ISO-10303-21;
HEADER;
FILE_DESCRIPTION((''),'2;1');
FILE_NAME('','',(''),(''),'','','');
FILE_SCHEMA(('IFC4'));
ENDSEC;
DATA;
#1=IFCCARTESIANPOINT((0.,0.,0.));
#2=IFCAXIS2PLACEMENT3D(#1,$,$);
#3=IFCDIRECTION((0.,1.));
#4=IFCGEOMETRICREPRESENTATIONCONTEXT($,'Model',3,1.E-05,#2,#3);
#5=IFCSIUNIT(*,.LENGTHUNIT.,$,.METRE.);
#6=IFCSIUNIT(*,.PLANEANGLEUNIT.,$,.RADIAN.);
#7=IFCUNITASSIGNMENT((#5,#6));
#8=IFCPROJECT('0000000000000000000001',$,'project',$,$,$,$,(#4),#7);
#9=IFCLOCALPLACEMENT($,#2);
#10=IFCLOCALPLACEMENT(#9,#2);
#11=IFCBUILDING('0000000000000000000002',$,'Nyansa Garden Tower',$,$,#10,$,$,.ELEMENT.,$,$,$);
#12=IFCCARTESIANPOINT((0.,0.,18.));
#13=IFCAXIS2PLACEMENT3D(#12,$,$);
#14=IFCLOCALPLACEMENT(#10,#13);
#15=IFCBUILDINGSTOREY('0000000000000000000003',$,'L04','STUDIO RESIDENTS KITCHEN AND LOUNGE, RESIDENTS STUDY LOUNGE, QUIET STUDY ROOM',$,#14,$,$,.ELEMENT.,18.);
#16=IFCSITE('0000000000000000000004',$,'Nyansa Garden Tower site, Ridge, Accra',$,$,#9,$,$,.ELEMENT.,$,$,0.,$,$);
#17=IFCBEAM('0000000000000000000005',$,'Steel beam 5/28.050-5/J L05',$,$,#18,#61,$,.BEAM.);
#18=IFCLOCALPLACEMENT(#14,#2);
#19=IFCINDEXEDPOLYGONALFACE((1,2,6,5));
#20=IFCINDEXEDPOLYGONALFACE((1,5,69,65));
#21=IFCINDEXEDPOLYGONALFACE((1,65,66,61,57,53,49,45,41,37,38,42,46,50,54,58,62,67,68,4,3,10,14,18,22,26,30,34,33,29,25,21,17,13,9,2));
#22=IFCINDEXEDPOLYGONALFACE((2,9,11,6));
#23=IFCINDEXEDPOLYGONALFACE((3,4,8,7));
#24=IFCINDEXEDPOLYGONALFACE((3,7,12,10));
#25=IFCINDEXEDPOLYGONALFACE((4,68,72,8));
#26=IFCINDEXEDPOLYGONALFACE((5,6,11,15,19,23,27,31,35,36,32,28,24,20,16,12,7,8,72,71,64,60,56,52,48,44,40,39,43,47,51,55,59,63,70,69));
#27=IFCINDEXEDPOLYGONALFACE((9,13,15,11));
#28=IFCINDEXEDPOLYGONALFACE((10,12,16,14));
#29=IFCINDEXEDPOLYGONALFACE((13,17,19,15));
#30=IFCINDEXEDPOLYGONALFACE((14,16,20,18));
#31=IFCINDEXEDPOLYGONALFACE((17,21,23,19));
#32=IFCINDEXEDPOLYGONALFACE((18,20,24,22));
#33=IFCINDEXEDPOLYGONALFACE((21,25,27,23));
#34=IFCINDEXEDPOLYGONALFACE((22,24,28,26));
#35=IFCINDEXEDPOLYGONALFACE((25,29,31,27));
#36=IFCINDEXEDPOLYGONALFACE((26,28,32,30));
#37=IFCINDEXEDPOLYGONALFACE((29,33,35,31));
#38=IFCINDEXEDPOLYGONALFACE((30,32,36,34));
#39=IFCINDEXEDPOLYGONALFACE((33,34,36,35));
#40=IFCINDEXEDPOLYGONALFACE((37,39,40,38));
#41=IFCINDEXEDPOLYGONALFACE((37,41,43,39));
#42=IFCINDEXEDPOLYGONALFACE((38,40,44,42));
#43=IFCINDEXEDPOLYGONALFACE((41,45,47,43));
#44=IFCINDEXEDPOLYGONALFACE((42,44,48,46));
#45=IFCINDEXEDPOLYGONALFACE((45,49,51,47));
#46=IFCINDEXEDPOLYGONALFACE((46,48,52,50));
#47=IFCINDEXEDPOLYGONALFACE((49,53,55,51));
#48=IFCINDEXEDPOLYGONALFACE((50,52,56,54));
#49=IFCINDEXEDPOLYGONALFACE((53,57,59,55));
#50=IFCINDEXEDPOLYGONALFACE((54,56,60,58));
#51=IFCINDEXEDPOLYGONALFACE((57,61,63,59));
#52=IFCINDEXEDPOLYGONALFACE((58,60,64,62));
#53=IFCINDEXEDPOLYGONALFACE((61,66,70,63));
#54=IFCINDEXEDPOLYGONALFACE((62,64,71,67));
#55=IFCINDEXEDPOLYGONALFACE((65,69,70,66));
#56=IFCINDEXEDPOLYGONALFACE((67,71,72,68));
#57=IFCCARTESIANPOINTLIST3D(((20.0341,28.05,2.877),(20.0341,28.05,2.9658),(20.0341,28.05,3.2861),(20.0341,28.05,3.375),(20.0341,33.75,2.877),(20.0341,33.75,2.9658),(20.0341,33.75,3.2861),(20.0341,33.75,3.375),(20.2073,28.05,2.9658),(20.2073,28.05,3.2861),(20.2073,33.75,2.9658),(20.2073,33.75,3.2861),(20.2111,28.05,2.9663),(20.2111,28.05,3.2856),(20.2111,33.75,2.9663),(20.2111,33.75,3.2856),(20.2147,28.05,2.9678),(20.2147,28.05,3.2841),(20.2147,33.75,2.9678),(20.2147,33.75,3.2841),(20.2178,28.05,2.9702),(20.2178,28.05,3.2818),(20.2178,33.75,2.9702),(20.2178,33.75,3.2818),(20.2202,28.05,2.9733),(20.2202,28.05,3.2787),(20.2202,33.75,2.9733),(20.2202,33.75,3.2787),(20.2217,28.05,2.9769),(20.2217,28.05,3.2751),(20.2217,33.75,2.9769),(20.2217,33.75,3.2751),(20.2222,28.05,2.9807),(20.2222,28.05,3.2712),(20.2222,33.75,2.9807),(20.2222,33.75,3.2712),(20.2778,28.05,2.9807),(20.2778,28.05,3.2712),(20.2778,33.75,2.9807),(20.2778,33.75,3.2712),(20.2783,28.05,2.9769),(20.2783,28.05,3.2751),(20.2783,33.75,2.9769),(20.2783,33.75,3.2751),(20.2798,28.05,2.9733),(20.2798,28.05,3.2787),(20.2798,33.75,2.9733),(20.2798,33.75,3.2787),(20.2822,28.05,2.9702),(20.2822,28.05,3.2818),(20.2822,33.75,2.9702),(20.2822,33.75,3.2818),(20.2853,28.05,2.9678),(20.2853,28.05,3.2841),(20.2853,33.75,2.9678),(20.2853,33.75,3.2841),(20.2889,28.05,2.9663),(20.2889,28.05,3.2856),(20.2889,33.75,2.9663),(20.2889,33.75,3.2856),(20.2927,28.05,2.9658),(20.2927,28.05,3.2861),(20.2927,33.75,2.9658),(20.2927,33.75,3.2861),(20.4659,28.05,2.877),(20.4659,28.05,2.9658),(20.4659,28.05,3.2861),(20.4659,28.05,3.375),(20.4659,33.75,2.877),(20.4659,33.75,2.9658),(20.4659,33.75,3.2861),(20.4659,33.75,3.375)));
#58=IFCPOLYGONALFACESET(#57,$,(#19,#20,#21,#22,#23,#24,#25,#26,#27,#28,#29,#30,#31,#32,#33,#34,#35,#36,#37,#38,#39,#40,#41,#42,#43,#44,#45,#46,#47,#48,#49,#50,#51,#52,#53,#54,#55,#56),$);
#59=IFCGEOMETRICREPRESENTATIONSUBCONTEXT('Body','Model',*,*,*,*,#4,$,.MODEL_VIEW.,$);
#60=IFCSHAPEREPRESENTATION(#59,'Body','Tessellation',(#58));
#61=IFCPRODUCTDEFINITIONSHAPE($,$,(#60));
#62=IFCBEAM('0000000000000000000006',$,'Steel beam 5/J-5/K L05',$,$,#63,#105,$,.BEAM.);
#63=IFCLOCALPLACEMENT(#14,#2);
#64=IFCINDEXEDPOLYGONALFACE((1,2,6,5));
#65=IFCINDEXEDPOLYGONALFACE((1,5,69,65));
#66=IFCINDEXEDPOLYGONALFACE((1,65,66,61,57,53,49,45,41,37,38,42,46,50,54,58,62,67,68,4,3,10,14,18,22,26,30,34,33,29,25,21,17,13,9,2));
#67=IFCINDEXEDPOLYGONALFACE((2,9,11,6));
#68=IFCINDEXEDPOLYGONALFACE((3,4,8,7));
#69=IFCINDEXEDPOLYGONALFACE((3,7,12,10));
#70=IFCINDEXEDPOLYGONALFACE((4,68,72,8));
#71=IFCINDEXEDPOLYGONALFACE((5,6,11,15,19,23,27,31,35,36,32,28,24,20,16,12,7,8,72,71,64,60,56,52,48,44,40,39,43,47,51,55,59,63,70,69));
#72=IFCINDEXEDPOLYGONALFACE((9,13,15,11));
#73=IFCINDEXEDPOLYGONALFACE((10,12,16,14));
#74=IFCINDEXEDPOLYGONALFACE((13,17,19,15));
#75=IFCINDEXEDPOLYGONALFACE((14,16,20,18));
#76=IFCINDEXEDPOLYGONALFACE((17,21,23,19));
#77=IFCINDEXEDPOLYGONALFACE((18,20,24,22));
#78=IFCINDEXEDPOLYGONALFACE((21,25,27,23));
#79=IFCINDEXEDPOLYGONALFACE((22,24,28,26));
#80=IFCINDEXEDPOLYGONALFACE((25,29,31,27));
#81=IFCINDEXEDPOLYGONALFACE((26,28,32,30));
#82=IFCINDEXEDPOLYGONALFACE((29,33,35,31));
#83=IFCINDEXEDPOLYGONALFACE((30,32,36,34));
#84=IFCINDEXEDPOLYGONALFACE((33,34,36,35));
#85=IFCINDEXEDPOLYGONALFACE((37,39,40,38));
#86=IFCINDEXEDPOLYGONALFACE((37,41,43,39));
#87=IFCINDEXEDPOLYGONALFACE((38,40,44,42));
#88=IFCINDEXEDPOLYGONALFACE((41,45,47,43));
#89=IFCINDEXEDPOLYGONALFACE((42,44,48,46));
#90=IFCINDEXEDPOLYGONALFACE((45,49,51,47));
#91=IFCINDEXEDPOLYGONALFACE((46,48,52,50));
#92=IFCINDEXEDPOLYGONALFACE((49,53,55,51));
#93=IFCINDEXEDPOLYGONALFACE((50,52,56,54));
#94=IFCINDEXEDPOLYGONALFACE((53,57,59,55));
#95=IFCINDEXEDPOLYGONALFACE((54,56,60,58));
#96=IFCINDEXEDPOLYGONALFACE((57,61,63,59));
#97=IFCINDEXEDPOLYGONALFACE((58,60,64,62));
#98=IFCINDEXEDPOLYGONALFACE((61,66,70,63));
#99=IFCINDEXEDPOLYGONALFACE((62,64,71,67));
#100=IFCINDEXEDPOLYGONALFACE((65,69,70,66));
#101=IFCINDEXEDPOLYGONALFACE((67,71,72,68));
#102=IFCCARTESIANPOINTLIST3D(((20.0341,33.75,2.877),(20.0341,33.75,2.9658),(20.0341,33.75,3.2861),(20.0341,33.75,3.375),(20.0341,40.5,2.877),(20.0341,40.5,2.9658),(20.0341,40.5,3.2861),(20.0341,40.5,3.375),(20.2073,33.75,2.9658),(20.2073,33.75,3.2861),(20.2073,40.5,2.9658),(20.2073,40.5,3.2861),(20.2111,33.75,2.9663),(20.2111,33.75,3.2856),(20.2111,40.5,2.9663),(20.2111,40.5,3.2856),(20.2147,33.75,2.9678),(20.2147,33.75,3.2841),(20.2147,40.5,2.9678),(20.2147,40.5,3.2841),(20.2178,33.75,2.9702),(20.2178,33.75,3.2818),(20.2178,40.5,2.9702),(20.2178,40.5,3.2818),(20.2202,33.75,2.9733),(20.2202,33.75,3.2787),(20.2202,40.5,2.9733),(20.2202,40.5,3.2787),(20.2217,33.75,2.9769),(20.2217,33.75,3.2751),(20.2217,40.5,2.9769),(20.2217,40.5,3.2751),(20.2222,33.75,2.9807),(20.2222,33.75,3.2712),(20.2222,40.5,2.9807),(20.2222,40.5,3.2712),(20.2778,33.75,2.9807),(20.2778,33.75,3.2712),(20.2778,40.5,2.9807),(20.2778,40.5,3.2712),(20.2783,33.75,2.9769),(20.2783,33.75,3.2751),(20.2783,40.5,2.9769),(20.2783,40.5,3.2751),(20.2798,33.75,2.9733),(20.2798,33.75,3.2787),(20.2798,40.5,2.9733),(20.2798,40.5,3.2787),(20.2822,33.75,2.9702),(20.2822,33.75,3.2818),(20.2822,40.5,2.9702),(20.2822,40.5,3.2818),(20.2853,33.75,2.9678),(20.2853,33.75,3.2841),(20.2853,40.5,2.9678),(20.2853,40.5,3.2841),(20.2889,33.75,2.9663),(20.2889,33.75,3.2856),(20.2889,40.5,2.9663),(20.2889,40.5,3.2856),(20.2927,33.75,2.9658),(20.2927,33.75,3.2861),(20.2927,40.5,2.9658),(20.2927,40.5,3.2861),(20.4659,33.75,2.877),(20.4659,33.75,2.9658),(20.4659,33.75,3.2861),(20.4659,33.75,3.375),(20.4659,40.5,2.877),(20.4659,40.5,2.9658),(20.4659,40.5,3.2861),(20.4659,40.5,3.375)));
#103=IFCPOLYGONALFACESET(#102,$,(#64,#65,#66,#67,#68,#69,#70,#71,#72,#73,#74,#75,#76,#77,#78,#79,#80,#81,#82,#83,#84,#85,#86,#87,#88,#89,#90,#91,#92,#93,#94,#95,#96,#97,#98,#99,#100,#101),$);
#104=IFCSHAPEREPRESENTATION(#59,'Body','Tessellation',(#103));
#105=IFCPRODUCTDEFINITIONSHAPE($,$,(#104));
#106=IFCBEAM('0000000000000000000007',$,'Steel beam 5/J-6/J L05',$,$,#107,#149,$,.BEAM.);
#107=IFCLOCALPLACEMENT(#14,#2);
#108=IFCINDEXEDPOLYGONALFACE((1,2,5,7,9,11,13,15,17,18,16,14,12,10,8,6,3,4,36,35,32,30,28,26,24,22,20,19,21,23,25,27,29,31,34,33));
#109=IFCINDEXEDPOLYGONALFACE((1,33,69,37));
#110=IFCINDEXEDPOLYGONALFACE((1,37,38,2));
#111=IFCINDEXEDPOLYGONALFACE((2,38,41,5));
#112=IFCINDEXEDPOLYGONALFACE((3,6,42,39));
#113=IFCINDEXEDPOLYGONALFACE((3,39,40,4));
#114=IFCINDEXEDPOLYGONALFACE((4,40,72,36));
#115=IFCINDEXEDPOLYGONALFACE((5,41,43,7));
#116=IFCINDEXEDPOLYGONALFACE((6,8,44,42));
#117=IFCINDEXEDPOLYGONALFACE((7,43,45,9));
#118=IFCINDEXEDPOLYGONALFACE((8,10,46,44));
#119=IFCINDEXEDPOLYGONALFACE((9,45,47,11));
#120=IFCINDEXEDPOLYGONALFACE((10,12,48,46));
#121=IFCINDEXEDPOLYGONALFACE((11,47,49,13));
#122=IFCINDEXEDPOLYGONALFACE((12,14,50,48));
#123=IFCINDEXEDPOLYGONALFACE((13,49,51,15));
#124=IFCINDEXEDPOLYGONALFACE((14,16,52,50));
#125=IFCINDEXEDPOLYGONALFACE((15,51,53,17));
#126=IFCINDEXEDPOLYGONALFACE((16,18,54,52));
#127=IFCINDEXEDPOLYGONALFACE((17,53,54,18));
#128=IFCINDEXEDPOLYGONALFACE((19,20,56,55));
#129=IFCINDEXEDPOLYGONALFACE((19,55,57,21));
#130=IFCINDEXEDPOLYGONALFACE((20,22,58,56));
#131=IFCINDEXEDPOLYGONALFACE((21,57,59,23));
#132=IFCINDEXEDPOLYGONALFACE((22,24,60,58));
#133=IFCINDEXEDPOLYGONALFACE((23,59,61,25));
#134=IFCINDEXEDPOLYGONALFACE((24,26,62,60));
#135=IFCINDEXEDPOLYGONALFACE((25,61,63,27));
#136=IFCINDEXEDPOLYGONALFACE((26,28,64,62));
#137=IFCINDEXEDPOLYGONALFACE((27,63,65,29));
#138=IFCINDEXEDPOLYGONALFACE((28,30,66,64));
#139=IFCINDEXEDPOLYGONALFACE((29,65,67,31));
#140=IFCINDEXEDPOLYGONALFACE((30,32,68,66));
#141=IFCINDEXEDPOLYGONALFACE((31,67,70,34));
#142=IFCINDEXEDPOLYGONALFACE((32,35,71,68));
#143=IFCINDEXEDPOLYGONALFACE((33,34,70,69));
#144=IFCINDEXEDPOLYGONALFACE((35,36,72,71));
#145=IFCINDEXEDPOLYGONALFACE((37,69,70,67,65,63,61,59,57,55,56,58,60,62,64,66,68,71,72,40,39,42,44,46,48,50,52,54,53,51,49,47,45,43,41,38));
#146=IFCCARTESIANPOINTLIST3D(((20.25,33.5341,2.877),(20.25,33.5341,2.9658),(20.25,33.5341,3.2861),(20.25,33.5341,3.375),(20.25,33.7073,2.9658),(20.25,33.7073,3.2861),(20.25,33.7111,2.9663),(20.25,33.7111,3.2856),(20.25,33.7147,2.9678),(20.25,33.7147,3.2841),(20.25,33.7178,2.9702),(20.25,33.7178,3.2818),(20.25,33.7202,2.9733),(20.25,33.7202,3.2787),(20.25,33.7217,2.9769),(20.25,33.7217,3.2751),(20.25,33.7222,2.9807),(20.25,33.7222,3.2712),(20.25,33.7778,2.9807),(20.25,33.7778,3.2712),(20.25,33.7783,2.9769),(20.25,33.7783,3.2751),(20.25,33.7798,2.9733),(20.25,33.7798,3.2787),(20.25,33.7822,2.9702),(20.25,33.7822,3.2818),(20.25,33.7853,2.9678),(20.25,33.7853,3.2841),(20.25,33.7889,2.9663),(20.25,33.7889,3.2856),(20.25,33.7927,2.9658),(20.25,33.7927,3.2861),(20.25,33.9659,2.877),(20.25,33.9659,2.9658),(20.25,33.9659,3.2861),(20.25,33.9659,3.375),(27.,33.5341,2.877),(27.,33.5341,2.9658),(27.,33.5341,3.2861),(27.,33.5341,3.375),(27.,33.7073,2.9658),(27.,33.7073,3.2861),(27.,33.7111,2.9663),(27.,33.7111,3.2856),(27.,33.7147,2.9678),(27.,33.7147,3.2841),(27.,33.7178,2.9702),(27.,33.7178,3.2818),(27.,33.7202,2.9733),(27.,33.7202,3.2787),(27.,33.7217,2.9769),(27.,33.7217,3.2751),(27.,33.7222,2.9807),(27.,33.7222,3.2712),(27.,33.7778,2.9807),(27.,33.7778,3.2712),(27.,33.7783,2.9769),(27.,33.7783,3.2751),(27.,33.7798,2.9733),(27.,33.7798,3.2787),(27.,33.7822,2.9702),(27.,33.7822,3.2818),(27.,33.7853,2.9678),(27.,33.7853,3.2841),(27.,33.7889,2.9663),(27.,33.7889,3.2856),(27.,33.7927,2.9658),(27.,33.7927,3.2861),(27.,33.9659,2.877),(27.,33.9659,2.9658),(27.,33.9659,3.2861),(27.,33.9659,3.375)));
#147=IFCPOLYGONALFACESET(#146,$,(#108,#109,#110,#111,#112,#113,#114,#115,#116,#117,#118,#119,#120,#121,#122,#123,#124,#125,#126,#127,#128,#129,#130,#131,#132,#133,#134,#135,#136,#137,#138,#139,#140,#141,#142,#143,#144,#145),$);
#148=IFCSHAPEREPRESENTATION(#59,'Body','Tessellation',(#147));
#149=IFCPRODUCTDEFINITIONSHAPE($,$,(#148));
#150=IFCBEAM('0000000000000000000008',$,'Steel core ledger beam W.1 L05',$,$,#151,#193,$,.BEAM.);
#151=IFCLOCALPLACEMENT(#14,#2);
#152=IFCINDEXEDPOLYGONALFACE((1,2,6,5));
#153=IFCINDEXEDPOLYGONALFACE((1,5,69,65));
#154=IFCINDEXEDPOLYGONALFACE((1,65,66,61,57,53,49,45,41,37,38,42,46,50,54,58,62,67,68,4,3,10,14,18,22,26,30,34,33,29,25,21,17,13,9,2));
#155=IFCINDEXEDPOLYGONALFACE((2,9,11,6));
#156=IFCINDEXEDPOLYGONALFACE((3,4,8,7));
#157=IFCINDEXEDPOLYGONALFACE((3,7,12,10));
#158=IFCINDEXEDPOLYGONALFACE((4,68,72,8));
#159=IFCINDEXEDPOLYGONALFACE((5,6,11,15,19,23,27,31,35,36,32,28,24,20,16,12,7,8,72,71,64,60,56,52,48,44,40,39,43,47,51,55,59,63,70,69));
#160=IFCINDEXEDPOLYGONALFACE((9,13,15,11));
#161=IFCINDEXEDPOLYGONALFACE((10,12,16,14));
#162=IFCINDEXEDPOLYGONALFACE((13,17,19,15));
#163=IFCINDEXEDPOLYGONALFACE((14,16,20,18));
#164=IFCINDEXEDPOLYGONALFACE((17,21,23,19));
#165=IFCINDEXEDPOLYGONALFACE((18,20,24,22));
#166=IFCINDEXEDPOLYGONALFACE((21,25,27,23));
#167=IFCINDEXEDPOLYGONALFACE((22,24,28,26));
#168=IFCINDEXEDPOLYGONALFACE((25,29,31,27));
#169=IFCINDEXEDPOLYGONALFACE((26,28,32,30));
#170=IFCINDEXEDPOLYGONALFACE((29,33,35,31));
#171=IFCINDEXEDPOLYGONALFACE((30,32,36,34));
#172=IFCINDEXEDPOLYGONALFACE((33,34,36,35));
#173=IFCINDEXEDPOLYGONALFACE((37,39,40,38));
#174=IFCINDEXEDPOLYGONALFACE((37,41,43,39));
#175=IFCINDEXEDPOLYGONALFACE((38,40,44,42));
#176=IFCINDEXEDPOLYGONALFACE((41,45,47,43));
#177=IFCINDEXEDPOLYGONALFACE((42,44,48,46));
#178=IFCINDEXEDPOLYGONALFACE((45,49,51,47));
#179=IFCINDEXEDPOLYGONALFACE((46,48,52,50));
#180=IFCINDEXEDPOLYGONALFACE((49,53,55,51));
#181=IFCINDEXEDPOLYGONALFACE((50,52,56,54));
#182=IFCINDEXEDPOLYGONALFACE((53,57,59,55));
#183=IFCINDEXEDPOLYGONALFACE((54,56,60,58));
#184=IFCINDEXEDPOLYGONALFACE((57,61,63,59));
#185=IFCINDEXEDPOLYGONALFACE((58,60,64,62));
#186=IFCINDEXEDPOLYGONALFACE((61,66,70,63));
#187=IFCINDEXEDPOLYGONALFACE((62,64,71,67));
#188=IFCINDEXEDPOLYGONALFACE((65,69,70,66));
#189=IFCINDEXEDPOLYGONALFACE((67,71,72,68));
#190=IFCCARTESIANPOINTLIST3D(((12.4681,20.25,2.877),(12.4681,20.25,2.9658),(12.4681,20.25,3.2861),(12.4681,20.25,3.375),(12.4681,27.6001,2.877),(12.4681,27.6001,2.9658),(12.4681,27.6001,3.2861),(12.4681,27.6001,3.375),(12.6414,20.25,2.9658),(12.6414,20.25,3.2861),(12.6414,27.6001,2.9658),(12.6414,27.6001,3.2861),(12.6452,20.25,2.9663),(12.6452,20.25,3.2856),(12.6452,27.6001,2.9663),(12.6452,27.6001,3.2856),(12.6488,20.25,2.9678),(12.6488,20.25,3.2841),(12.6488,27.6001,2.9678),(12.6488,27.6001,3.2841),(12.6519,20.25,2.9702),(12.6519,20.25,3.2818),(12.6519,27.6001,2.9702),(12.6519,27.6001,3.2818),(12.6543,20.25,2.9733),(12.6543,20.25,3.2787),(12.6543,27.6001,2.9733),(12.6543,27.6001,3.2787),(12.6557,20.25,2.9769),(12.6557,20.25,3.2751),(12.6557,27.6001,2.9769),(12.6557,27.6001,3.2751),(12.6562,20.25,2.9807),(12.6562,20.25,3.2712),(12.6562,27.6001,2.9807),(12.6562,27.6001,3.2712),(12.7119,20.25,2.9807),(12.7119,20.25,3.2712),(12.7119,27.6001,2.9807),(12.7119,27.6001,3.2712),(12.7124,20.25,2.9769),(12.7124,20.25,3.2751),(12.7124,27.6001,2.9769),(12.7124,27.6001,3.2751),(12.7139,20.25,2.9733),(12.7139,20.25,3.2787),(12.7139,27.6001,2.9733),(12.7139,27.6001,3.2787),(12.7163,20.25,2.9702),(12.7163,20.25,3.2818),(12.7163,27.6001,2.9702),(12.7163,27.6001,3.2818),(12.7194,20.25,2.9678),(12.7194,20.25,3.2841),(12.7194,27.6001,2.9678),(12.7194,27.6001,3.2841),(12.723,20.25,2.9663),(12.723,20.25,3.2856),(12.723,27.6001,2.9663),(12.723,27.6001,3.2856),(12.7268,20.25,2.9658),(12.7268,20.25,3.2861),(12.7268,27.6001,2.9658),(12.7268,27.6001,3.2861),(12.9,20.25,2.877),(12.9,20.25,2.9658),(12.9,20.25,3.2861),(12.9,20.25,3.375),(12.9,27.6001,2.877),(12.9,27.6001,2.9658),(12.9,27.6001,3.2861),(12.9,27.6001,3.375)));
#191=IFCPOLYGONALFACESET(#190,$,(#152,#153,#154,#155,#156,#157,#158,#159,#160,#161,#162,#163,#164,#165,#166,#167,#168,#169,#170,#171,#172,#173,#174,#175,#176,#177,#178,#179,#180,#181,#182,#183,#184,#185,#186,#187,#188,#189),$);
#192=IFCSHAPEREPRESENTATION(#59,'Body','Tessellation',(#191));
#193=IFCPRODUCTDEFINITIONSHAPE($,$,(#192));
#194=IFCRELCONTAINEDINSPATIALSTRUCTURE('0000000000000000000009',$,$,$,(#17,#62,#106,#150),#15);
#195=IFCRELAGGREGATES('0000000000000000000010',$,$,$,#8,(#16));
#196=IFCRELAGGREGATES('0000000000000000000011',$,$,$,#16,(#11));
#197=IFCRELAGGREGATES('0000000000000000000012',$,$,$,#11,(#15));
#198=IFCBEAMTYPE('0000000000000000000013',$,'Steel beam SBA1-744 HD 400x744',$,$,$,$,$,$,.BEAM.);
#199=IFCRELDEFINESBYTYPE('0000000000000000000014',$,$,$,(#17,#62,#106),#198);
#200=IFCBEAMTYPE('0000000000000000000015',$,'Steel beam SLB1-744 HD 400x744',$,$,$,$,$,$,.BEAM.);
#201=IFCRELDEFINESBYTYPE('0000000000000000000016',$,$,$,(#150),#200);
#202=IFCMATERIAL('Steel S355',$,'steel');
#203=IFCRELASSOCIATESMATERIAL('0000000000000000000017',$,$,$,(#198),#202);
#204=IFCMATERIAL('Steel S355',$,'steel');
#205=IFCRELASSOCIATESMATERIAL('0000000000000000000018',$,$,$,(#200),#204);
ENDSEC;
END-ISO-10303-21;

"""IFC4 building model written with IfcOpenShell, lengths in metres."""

from ifc_helpers import new_model, si_unit, direction, frame, origin, origin_2d, place, context, subcontext, project, spatial, i_section, extrude, material, material_profile, profile_set, type_object, element, save


model = new_model("IFC4")

# Units and contexts
model_context = context("Model", 3, precision=1e-05, world=origin(), true_north=direction((0.0, 1.0)))
body_context = subcontext(model_context, "Body", "Model", "MODEL_VIEW")
ifc_project = project(units=[si_unit("LENGTHUNIT", "METRE"), si_unit("PLANEANGLEUNIT", "RADIAN")], contexts=[model_context])

# Site, building, storey
site_placement = place(None, origin())
site = spatial("IfcSite", under=ifc_project, at=site_placement, Name="Nyansa Garden Tower site, Ridge, Accra", CompositionType="ELEMENT", RefElevation=0.0)
building_placement = place(site_placement, origin())
building = spatial("IfcBuilding", under=site, at=building_placement, Name="Nyansa Garden Tower", CompositionType="ELEMENT")
storey_placement = place(building_placement, frame((0.0, 0.0, 18.0)))
storey = spatial("IfcBuildingStorey", under=building, at=storey_placement, Name="L04", Description="STUDIO RESIDENTS KITCHEN AND LOUNGE, RESIDENTS STUDY LOUNGE, QUIET STUDY ROOM", CompositionType="ELEMENT", Elevation=18.0)

# Beams
ifc_material_1 = material(Name="Steel S355", Category="steel")
ifc_material_profile_1 = material_profile(ifc_material_1, i_section(OverallWidth=0.4319, OverallDepth=0.498, WebThickness=0.0557, FlangeThickness=0.0889, FilletRadius=0.0149, at=origin_2d()), Name="HD 400x744")
ifc_profile_set_1 = profile_set([ifc_material_profile_1], Name="Steel S355")
beam_type_1 = type_object("IfcBeamType", Name="Steel beam SBA1-744 HD 400x744", PredefinedType="BEAM", material=ifc_profile_set_1)
beam_1_placement = place(storey_placement, frame((20.25, 28.05, 3.126), z_axis=(0.0, 1.0, 0.0), x_axis=(-1.0, 0.0, 0.0)))
element("IfcBeam", 1, at=beam_1_placement, inside=storey, type_object=beam_type_1, Name="Steel beam 5/28.050-5/J L05", PredefinedType="BEAM", context=body_context, shape_type="SweptSolid", body=[
    extrude(i_section(OverallWidth=0.4319, OverallDepth=0.498, WebThickness=0.0557, FlangeThickness=0.0889, FilletRadius=0.0149, at=origin_2d()), origin(), (0.0, 0.0, 1.0), 5.7),
])
for number, where, z_axis, x_axis, name in (
    (2, (20.25, 33.75, 3.126), (0.0, 1.0, 0.0), (-1.0, 0.0, 0.0), "Steel beam 5/J-5/K L05"),
    (3, (20.25, 33.75, 3.126), (1.0, 0.0, 0.0), (0.0, 1.0, 0.0), "Steel beam 5/J-6/J L05"),
):
    element("IfcBeam", number, at=place(storey_placement, frame(where, z_axis=z_axis, x_axis=x_axis)), inside=storey, type_object=beam_type_1, Name=name, PredefinedType="BEAM", context=body_context, shape_type="SweptSolid", body=[
        extrude(i_section(OverallWidth=0.4319, OverallDepth=0.498, WebThickness=0.0557, FlangeThickness=0.0889, FilletRadius=0.0149, at=origin_2d()), origin(), (0.0, 0.0, 1.0), 6.75),
    ])
ifc_material_2 = material(Name="Steel S355", Category="steel")
ifc_material_profile_2 = material_profile(ifc_material_2, i_section(OverallWidth=0.4319, OverallDepth=0.498, WebThickness=0.0557, FlangeThickness=0.0889, FilletRadius=0.0149, at=origin_2d()), Name="HD 400x744")
ifc_profile_set_2 = profile_set([ifc_material_profile_2], Name="Steel S355")
beam_type_2 = type_object("IfcBeamType", Name="Steel beam SLB1-744 HD 400x744", PredefinedType="BEAM", material=ifc_profile_set_2)
for number, where, z_axis, x_axis, name in (
    (4, (12.6841, 27.6001, 3.126), (0.0, -1.0, 0.0), (1.0, 0.0, 0.0), "Steel core ledger beam W.1 L05"),
):
    element("IfcBeam", number, at=place(storey_placement, frame(where, z_axis=z_axis, x_axis=x_axis)), inside=storey, type_object=beam_type_2, Name=name, PredefinedType="BEAM", context=body_context, shape_type="SweptSolid", body=[
        extrude(i_section(OverallWidth=0.4319, OverallDepth=0.498, WebThickness=0.0557, FlangeThickness=0.0889, FilletRadius=0.0149, at=origin_2d()), origin(), (0.0, 0.0, 1.0), 7.3501),
    ])

save(model, "model.ifc")
